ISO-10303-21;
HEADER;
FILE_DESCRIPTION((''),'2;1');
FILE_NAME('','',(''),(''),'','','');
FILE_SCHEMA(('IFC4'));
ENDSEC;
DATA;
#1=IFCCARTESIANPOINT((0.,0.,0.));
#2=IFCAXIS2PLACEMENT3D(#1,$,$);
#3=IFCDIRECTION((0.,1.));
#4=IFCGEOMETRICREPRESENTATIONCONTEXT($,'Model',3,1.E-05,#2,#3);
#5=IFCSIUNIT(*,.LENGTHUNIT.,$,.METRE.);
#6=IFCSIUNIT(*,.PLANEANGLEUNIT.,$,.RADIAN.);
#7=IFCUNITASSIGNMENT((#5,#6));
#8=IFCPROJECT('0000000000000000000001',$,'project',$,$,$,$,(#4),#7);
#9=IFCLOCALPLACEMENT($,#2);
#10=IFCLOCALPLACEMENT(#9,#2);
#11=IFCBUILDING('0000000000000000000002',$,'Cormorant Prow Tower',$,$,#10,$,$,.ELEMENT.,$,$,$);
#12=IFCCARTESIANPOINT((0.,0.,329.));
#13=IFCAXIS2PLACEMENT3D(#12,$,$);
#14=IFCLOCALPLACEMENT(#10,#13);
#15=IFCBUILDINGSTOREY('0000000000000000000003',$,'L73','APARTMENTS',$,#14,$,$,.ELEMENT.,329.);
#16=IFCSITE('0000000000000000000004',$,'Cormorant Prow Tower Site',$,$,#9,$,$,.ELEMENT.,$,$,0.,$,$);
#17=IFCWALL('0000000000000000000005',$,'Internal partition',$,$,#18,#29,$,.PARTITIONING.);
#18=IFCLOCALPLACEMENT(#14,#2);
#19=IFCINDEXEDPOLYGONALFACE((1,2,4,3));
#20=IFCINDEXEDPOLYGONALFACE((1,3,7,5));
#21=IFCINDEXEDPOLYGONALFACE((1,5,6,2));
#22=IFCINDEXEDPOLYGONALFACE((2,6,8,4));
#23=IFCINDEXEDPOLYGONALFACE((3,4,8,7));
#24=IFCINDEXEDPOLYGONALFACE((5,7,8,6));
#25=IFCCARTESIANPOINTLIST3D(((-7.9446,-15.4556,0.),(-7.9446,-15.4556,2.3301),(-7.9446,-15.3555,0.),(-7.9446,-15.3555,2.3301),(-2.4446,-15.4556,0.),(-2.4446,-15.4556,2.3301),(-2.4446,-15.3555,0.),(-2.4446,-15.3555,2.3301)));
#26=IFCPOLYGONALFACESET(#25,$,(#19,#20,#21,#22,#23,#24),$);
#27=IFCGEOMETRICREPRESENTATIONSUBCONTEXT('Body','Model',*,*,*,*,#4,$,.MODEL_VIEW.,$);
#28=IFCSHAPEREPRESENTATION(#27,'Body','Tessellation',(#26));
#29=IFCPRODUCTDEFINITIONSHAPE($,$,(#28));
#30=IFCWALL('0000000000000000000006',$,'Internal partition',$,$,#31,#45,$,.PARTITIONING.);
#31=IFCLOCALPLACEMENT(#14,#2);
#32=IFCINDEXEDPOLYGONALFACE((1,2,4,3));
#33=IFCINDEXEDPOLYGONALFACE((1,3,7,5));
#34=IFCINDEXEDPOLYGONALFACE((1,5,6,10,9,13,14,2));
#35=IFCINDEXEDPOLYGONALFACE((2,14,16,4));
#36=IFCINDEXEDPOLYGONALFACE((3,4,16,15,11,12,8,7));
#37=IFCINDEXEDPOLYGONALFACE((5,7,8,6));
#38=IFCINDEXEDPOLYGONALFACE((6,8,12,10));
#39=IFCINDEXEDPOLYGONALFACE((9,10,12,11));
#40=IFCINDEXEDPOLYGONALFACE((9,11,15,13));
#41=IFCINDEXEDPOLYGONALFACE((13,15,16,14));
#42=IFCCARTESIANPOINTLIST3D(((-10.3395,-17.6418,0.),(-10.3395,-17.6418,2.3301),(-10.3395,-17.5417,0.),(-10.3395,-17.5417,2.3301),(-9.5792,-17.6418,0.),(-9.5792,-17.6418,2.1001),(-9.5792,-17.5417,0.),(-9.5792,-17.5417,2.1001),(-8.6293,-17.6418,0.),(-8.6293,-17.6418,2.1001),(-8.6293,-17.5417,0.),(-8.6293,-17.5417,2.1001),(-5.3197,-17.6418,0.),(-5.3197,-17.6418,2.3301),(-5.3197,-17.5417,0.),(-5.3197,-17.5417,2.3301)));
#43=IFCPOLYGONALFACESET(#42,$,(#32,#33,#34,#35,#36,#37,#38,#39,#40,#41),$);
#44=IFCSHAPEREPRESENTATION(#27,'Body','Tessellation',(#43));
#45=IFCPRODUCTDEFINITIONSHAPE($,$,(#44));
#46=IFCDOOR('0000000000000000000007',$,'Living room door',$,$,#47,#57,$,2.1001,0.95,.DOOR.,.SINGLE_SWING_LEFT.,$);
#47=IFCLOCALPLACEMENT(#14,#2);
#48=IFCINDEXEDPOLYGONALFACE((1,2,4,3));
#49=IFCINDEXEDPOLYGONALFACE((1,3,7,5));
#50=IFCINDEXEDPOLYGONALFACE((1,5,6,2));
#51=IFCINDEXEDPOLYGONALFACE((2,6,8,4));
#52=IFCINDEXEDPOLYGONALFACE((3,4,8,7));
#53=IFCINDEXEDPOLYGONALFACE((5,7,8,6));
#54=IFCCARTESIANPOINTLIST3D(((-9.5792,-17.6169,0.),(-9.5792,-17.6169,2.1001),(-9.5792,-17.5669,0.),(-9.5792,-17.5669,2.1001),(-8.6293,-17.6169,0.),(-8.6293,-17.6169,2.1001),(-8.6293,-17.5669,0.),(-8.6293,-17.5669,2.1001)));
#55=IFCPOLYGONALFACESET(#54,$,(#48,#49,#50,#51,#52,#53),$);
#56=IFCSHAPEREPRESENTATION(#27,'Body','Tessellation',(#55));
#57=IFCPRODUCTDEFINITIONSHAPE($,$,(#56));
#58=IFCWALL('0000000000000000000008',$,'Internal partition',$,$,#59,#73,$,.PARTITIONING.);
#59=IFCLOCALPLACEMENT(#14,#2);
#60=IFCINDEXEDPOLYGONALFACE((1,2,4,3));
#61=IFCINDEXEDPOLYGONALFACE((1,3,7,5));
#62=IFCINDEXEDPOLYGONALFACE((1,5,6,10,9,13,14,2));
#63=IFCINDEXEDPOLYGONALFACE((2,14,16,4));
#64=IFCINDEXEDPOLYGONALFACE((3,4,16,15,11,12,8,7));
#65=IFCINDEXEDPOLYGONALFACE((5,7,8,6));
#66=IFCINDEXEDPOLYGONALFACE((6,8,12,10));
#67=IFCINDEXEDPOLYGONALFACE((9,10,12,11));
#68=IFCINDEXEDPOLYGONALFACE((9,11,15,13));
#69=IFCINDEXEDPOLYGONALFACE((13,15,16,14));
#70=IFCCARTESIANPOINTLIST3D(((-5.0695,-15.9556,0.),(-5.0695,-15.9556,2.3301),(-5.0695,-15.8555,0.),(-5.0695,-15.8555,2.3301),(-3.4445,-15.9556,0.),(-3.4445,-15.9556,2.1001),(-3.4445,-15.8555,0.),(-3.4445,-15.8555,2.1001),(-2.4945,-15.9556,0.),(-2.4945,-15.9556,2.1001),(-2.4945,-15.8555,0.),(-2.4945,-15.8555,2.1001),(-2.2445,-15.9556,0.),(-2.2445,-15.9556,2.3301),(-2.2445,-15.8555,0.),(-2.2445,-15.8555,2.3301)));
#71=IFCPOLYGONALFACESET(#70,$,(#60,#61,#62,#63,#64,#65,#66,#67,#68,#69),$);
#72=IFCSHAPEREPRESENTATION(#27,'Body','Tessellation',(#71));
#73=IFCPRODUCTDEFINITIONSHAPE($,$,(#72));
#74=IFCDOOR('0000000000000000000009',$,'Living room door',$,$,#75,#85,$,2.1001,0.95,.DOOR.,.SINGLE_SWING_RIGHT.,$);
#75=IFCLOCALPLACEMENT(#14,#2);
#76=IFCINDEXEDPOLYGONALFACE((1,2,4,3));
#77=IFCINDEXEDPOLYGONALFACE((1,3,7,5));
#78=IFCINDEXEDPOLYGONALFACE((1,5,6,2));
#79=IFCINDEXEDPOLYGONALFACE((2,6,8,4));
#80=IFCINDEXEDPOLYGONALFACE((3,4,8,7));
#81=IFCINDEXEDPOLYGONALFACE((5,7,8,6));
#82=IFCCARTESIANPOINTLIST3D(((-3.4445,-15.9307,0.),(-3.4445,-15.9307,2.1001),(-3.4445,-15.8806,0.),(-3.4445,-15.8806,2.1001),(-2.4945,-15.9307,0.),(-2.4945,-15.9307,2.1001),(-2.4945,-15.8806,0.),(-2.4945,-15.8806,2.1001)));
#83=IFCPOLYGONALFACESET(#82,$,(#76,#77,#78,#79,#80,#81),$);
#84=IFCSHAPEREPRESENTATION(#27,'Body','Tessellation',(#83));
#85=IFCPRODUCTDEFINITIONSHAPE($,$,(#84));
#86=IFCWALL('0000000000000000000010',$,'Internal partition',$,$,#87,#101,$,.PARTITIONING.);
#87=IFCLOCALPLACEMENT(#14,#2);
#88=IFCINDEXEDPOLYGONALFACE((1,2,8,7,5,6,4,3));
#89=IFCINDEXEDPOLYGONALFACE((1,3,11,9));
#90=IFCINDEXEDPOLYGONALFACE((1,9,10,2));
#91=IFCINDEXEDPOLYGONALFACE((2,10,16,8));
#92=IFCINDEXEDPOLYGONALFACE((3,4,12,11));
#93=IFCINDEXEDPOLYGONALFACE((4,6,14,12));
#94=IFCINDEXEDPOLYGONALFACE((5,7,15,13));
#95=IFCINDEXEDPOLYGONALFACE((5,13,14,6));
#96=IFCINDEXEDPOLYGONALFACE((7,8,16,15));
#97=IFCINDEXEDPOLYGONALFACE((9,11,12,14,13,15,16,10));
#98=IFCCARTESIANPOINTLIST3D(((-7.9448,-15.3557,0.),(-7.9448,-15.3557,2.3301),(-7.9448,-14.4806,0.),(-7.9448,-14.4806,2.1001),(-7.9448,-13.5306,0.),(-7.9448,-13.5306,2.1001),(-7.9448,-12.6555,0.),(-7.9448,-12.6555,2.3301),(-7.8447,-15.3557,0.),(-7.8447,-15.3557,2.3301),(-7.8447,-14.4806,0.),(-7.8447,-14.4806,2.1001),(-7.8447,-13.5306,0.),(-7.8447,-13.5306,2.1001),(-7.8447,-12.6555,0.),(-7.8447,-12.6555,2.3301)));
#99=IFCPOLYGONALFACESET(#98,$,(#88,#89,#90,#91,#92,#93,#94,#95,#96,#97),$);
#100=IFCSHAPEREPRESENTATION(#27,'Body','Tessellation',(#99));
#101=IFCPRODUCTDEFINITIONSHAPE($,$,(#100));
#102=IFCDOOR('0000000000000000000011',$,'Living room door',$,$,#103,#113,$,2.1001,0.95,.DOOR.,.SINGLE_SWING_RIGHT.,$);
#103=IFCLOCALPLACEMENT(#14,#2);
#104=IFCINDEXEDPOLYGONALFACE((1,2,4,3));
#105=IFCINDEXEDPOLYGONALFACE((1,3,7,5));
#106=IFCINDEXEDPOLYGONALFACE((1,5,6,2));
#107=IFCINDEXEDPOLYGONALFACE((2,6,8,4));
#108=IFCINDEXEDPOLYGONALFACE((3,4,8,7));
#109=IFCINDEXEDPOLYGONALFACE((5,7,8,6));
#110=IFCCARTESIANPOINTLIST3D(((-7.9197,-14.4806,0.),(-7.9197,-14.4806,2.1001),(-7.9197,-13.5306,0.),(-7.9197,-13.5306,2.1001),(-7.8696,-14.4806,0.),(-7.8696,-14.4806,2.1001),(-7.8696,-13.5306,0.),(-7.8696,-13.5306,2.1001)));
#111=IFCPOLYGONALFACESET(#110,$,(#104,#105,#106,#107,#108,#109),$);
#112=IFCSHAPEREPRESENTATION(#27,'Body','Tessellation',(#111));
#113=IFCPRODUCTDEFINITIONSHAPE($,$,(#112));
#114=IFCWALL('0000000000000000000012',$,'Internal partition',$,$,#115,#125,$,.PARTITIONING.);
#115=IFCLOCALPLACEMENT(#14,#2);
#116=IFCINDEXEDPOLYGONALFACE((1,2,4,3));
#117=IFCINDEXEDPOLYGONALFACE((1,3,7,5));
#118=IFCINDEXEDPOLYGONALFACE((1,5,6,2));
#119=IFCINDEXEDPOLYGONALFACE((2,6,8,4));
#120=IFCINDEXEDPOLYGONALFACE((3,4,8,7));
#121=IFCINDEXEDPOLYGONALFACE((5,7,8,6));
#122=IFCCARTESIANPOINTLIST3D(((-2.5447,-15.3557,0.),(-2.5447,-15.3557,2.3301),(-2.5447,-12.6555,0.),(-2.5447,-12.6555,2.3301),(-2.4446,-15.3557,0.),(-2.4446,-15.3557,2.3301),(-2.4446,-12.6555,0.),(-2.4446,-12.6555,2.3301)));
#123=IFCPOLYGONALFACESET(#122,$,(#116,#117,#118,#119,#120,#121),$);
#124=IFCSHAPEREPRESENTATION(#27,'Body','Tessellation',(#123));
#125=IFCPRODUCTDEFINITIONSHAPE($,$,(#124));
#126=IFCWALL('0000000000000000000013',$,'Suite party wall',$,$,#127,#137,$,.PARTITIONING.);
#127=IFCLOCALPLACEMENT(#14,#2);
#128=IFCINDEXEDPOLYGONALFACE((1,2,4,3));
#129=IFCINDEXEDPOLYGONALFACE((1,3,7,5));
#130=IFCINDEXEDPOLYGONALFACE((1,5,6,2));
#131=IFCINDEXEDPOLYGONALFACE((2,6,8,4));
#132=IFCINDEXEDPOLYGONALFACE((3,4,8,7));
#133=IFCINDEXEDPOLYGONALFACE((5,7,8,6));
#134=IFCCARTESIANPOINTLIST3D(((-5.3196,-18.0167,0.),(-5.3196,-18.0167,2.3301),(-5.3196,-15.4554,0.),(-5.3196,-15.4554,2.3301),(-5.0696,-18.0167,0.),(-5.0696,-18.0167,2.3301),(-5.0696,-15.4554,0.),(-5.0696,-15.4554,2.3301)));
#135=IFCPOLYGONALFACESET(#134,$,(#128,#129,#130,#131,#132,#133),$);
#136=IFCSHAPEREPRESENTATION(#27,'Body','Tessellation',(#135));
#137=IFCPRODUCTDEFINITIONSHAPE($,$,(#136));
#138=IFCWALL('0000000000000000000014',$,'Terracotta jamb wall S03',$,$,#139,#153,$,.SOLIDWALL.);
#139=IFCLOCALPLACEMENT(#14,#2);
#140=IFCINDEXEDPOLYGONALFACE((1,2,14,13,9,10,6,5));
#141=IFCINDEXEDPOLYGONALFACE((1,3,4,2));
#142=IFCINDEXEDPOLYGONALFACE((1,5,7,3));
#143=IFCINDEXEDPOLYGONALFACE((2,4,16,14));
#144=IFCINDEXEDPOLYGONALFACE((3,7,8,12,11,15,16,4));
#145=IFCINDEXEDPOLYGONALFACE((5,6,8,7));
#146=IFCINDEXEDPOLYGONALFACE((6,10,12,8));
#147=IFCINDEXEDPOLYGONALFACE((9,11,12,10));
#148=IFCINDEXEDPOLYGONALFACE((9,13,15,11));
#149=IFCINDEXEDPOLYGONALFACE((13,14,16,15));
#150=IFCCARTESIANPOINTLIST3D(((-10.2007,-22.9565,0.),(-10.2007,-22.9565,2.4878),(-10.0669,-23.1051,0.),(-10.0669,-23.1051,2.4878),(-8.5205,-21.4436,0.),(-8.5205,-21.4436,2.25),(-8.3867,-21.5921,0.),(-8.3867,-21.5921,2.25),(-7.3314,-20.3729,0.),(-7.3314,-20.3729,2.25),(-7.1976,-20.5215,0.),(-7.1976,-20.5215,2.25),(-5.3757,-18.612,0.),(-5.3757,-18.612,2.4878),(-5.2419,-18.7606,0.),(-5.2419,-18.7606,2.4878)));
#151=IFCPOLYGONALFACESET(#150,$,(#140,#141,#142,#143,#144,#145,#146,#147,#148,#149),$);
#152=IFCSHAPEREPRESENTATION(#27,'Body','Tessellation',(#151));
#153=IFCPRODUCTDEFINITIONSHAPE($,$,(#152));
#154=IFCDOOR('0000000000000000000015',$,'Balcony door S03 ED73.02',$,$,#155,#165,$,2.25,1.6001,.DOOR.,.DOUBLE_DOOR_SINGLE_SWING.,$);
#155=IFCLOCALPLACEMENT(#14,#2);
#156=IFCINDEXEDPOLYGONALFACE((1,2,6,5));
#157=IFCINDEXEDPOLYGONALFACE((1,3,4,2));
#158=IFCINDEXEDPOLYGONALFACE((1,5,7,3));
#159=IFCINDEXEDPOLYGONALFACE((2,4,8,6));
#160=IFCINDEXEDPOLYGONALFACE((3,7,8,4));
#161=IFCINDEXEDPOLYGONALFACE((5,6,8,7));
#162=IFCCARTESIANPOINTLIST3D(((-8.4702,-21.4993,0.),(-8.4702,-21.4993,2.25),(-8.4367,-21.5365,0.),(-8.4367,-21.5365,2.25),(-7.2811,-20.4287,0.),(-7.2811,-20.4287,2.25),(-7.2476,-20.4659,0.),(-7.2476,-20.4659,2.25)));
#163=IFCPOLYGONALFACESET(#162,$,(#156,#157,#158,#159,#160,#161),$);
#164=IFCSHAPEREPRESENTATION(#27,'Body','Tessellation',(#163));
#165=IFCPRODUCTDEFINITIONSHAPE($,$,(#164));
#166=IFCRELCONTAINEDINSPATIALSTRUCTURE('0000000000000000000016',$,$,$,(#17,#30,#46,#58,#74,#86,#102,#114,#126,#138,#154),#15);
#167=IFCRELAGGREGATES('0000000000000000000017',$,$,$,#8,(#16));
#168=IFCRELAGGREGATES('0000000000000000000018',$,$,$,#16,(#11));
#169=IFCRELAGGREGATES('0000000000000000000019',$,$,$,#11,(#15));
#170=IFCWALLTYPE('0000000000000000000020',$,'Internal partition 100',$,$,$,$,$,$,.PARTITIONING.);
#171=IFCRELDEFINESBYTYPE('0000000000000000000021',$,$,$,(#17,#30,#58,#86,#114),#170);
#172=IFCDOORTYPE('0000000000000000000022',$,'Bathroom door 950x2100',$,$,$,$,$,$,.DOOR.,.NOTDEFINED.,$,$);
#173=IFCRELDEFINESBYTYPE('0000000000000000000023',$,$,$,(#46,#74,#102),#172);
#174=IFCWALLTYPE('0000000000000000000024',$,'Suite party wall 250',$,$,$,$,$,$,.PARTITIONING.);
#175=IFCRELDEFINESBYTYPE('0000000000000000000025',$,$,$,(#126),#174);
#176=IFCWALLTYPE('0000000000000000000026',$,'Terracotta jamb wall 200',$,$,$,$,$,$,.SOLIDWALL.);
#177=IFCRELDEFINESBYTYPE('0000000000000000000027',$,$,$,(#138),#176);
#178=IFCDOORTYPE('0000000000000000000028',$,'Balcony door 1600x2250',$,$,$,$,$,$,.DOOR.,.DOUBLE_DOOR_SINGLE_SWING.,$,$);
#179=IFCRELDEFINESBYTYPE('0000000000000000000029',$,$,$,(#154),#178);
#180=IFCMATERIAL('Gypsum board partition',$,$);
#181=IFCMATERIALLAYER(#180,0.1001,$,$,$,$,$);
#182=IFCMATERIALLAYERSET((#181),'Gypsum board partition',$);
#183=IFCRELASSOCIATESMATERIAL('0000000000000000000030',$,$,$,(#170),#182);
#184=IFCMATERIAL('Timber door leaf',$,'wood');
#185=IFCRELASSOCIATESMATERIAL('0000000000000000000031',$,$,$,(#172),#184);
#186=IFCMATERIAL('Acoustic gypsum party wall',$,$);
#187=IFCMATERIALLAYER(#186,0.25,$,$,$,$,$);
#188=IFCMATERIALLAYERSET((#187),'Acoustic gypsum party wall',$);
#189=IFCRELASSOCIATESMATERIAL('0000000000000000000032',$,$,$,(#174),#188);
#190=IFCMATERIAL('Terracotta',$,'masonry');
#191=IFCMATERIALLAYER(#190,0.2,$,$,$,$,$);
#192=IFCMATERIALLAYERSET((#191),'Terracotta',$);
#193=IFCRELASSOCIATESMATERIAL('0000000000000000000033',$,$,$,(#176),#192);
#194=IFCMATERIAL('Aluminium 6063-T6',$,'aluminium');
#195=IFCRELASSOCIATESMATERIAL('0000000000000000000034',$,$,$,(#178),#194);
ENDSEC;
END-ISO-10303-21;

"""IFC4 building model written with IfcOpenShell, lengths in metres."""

from ifc_helpers import new_model, si_unit, direction, frame, frame_2d, origin, place, context, subcontext, project, spatial, rectangle, extrude, material, layer, layer_set, type_object, element, fill, save


model = new_model("IFC4")

# Units and contexts
model_context = context("Model", 3, precision=1e-05, world=origin(), true_north=direction((0.0, 1.0)))
body_context = subcontext(model_context, "Body", "Model", "MODEL_VIEW")
ifc_project = project(units=[si_unit("LENGTHUNIT", "METRE"), si_unit("PLANEANGLEUNIT", "RADIAN")], contexts=[model_context])

# Site, building, storey
site_placement = place(None, origin())
site = spatial("IfcSite", under=ifc_project, at=site_placement, Name="Cormorant Prow Tower Site", CompositionType="ELEMENT", RefElevation=0.0)
building_placement = place(site_placement, origin())
building = spatial("IfcBuilding", under=site, at=building_placement, Name="Cormorant Prow Tower", CompositionType="ELEMENT")
storey_placement = place(building_placement, frame((0.0, 0.0, 329.0)))
storey = spatial("IfcBuildingStorey", under=building, at=storey_placement, Name="L73", Description="APARTMENTS", CompositionType="ELEMENT", Elevation=329.0)

# Shared definitions
ifc_material_1 = material(Name="Gypsum board partition")
ifc_layer_1 = layer(ifc_material_1, 0.1001)
ifc_layer_set_1 = layer_set([ifc_layer_1], Name="Gypsum board partition")
wall_type_1 = type_object("IfcWallType", Name="Internal partition 100", PredefinedType="PARTITIONING", material=ifc_layer_set_1)
ifc_material_2 = material(Name="Timber door leaf", Category="wood")
door_type_1 = type_object("IfcDoorType", Name="Bathroom door 950x2100", OperationType="NOTDEFINED", PredefinedType="DOOR", material=ifc_material_2)

# Wall
wall_1_placement = place(storey_placement, frame((-7.9446, -15.4055, 0.0), z_axis=(0.0, 0.0, 1.0), x_axis=(1.0, 0.0, 0.0)))
element("IfcWall", 1, at=wall_1_placement, inside=storey, type_object=wall_type_1, Name="Internal partition", PredefinedType="PARTITIONING", context=body_context, shape_type="SweptSolid", body=[
    extrude(rectangle(XDim=5.5, YDim=0.1001, at=frame_2d((2.75, 0.0))), origin(), (0.0, 0.0, 1.0), 2.3301),
])

# Walls, openings, doors
wall_2_placement = place(storey_placement, frame((-10.3394, -17.5918, 0.0), z_axis=(0.0, 0.0, 1.0), x_axis=(1.0, 0.0, 0.0)))
wall_2 = element("IfcWall", 2, at=wall_2_placement, inside=storey, type_object=wall_type_1, Name="Internal partition", PredefinedType="PARTITIONING", context=body_context, shape_type="SweptSolid", body=[
    extrude(rectangle(XDim=5.0198, YDim=0.1001, at=frame_2d((2.5098, 0.0))), origin(), (0.0, 0.0, 1.0), 2.3301),
])
opening_1_placement = place(wall_2_placement, frame((0.76, 0.0, 0.0)))
opening_1 = element("IfcOpeningElement", 3, at=opening_1_placement, cuts=wall_2, PredefinedType="OPENING", context=body_context, shape_type="SweptSolid", body=[
    extrude(rectangle(XDim=0.95, YDim=2.1001, at=frame_2d((0.4751, 1.05))), frame((0.0, 0.0601, 0.0), z_axis=(0.0, -1.0, 0.0), x_axis=(1.0, 0.0, 0.0)), (0.0, 0.0, 1.0), 0.1201),
])
door_1_placement = place(opening_1_placement, origin())
door_1 = element("IfcDoor", 4, at=door_1_placement, inside=storey, type_object=door_type_1, Name="Living room door", OperationType="SINGLE_SWING_LEFT", OverallHeight=2.1001, OverallWidth=0.95, PredefinedType="DOOR", context=body_context, shape_type="SweptSolid", body=[
    extrude(rectangle(XDim=0.95, YDim=2.1001, at=frame_2d((0.4751, 1.05))), frame((0.0, 0.0249, 0.0), z_axis=(0.0, -1.0, 0.0), x_axis=(1.0, 0.0, 0.0)), (0.0, 0.0, 1.0), 0.05),
])
fill(opening_1, door_1)
wall_3_placement = place(storey_placement, frame((-5.0696, -15.9055, 0.0), z_axis=(0.0, 0.0, 1.0), x_axis=(1.0, 0.0, 0.0)))
wall_3 = element("IfcWall", 5, at=wall_3_placement, inside=storey, type_object=wall_type_1, Name="Internal partition", PredefinedType="PARTITIONING", context=body_context, shape_type="SweptSolid", body=[
    extrude(rectangle(XDim=2.825, YDim=0.1001, at=frame_2d((1.4126, 0.0))), origin(), (0.0, 0.0, 1.0), 2.3301),
])
opening_2_placement = place(wall_3_placement, frame((1.625, 0.0, 0.0)))
opening_2 = element("IfcOpeningElement", 6, at=opening_2_placement, cuts=wall_3, PredefinedType="OPENING", context=body_context, shape_type="SweptSolid", body=[
    extrude(rectangle(XDim=0.95, YDim=2.1001, at=frame_2d((0.4751, 1.05))), frame((0.0, 0.0601, 0.0), z_axis=(0.0, -1.0, 0.0), x_axis=(1.0, 0.0, 0.0)), (0.0, 0.0, 1.0), 0.1201),
])
door_2_placement = place(opening_2_placement, origin())
door_2 = element("IfcDoor", 7, at=door_2_placement, inside=storey, type_object=door_type_1, Name="Living room door", OperationType="SINGLE_SWING_RIGHT", OverallHeight=2.1001, OverallWidth=0.95, PredefinedType="DOOR", context=body_context, shape_type="SweptSolid", body=[
    extrude(rectangle(XDim=0.95, YDim=2.1001, at=frame_2d((0.4751, 1.05))), frame((0.0, 0.0249, 0.0), z_axis=(0.0, -1.0, 0.0), x_axis=(1.0, 0.0, 0.0)), (0.0, 0.0, 1.0), 0.05),
])
fill(opening_2, door_2)
wall_4_placement = place(storey_placement, frame((-7.8948, -15.3557, 0.0), z_axis=(0.0, 0.0, 1.0), x_axis=(0.0, 1.0, 0.0)))
wall_4 = element("IfcWall", 8, at=wall_4_placement, inside=storey, type_object=wall_type_1, Name="Internal partition", PredefinedType="PARTITIONING", context=body_context, shape_type="SweptSolid", body=[
    extrude(rectangle(XDim=2.7002, YDim=0.1001, at=frame_2d((1.3501, 0.0))), origin(), (0.0, 0.0, 1.0), 2.3301),
])
opening_3_placement = place(wall_4_placement, frame((0.875, 0.0, 0.0)))
opening_3 = element("IfcOpeningElement", 9, at=opening_3_placement, cuts=wall_4, PredefinedType="OPENING", context=body_context, shape_type="SweptSolid", body=[
    extrude(rectangle(XDim=0.95, YDim=2.1001, at=frame_2d((0.4751, 1.05))), frame((0.0, 0.0601, 0.0), z_axis=(0.0, -1.0, 0.0), x_axis=(1.0, 0.0, 0.0)), (0.0, 0.0, 1.0), 0.1201),
])
door_3_placement = place(opening_3_placement, origin())
door_3 = element("IfcDoor", 10, at=door_3_placement, inside=storey, type_object=door_type_1, Name="Living room door", OperationType="SINGLE_SWING_RIGHT", OverallHeight=2.1001, OverallWidth=0.95, PredefinedType="DOOR", context=body_context, shape_type="SweptSolid", body=[
    extrude(rectangle(XDim=0.95, YDim=2.1001, at=frame_2d((0.4751, 1.05))), frame((0.0, 0.0249, 0.0), z_axis=(0.0, -1.0, 0.0), x_axis=(1.0, 0.0, 0.0)), (0.0, 0.0, 1.0), 0.05),
])
fill(opening_3, door_3)

# Walls
wall_5_placement = place(storey_placement, frame((-2.4946, -15.3557, 0.0), z_axis=(0.0, 0.0, 1.0), x_axis=(0.0, 1.0, 0.0)))
element("IfcWall", 11, at=wall_5_placement, inside=storey, type_object=wall_type_1, Name="Internal partition", PredefinedType="PARTITIONING", context=body_context, shape_type="SweptSolid", body=[
    extrude(rectangle(XDim=2.7002, YDim=0.1001, at=frame_2d((1.3501, 0.0))), origin(), (0.0, 0.0, 1.0), 2.3301),
])
ifc_material_3 = material(Name="Acoustic gypsum party wall")
ifc_layer_2 = layer(ifc_material_3, 0.25)
ifc_layer_set_2 = layer_set([ifc_layer_2], Name="Acoustic gypsum party wall")
wall_type_2 = type_object("IfcWallType", Name="Suite party wall 250", PredefinedType="PARTITIONING", material=ifc_layer_set_2)
wall_6_placement = place(storey_placement, frame((-5.1946, -18.0168, 0.0), z_axis=(0.0, 0.0, 1.0), x_axis=(0.0, 1.0, 0.0)))
element("IfcWall", 12, at=wall_6_placement, inside=storey, type_object=wall_type_2, Name="Suite party wall", PredefinedType="PARTITIONING", context=body_context, shape_type="SweptSolid", body=[
    extrude(rectangle(XDim=2.5613, YDim=0.25, at=frame_2d((1.2808, 0.0))), origin(), (0.0, 0.0, 1.0), 2.3301),
])

# Wall, opening, door
ifc_material_4 = material(Name="Terracotta", Category="masonry")
ifc_layer_3 = layer(ifc_material_4, 0.2)
ifc_layer_set_3 = layer_set([ifc_layer_3], Name="Terracotta")
wall_type_3 = type_object("IfcWallType", Name="Terracotta jamb wall 200", PredefinedType="SOLIDWALL", material=ifc_layer_set_3)
wall_7_placement = place(storey_placement, frame((-10.1338, -23.0308, 0.0), z_axis=(0.0, 0.0, 1.0), x_axis=(0.743139, 0.669137, 0.0)))
wall_7 = element("IfcWall", 13, at=wall_7_placement, inside=storey, type_object=wall_type_3, Name="Terracotta jamb wall S03", PredefinedType="SOLIDWALL", context=body_context, shape_type="SweptSolid", body=[
    extrude(rectangle(XDim=6.4927, YDim=0.2, at=frame_2d((3.2463, 0.0))), origin(), (0.0, 0.0, 1.0), 2.4878),
])
opening_4_placement = place(wall_7_placement, frame((2.261, 0.0, 0.0)))
opening_4 = element("IfcOpeningElement", 14, at=opening_4_placement, cuts=wall_7, PredefinedType="OPENING", context=body_context, shape_type="SweptSolid", body=[
    extrude(rectangle(XDim=1.6001, YDim=2.25, at=frame_2d((0.8, 1.125))), frame((0.0, 0.1099, 0.0), z_axis=(0.0, -1.0, 0.0), x_axis=(1.0, 0.0, 0.0)), (0.0, 0.0, 1.0), 0.22),
])
ifc_material_5 = material(Name="Aluminium 6063-T6", Category="aluminium")
door_type_2 = type_object("IfcDoorType", Name="Balcony door 1600x2250", OperationType="DOUBLE_DOOR_SINGLE_SWING", PredefinedType="DOOR", material=ifc_material_5)
door_4_placement = place(opening_4_placement, origin())
door_4 = element("IfcDoor", 15, at=door_4_placement, inside=storey, type_object=door_type_2, Name="Balcony door S03 ED73.02", OperationType="DOUBLE_DOOR_SINGLE_SWING", OverallHeight=2.25, OverallWidth=1.6001, PredefinedType="DOOR", context=body_context, shape_type="SweptSolid", body=[
    extrude(rectangle(XDim=1.6001, YDim=2.25, at=frame_2d((0.8, 1.125))), frame((0.0, 0.0249, 0.0), z_axis=(0.0, -1.0, 0.0), x_axis=(1.0, 0.0, 0.0)), (0.0, 0.0, 1.0), 0.05),
])
fill(opening_4, door_4)

save(model, "model.ifc")
